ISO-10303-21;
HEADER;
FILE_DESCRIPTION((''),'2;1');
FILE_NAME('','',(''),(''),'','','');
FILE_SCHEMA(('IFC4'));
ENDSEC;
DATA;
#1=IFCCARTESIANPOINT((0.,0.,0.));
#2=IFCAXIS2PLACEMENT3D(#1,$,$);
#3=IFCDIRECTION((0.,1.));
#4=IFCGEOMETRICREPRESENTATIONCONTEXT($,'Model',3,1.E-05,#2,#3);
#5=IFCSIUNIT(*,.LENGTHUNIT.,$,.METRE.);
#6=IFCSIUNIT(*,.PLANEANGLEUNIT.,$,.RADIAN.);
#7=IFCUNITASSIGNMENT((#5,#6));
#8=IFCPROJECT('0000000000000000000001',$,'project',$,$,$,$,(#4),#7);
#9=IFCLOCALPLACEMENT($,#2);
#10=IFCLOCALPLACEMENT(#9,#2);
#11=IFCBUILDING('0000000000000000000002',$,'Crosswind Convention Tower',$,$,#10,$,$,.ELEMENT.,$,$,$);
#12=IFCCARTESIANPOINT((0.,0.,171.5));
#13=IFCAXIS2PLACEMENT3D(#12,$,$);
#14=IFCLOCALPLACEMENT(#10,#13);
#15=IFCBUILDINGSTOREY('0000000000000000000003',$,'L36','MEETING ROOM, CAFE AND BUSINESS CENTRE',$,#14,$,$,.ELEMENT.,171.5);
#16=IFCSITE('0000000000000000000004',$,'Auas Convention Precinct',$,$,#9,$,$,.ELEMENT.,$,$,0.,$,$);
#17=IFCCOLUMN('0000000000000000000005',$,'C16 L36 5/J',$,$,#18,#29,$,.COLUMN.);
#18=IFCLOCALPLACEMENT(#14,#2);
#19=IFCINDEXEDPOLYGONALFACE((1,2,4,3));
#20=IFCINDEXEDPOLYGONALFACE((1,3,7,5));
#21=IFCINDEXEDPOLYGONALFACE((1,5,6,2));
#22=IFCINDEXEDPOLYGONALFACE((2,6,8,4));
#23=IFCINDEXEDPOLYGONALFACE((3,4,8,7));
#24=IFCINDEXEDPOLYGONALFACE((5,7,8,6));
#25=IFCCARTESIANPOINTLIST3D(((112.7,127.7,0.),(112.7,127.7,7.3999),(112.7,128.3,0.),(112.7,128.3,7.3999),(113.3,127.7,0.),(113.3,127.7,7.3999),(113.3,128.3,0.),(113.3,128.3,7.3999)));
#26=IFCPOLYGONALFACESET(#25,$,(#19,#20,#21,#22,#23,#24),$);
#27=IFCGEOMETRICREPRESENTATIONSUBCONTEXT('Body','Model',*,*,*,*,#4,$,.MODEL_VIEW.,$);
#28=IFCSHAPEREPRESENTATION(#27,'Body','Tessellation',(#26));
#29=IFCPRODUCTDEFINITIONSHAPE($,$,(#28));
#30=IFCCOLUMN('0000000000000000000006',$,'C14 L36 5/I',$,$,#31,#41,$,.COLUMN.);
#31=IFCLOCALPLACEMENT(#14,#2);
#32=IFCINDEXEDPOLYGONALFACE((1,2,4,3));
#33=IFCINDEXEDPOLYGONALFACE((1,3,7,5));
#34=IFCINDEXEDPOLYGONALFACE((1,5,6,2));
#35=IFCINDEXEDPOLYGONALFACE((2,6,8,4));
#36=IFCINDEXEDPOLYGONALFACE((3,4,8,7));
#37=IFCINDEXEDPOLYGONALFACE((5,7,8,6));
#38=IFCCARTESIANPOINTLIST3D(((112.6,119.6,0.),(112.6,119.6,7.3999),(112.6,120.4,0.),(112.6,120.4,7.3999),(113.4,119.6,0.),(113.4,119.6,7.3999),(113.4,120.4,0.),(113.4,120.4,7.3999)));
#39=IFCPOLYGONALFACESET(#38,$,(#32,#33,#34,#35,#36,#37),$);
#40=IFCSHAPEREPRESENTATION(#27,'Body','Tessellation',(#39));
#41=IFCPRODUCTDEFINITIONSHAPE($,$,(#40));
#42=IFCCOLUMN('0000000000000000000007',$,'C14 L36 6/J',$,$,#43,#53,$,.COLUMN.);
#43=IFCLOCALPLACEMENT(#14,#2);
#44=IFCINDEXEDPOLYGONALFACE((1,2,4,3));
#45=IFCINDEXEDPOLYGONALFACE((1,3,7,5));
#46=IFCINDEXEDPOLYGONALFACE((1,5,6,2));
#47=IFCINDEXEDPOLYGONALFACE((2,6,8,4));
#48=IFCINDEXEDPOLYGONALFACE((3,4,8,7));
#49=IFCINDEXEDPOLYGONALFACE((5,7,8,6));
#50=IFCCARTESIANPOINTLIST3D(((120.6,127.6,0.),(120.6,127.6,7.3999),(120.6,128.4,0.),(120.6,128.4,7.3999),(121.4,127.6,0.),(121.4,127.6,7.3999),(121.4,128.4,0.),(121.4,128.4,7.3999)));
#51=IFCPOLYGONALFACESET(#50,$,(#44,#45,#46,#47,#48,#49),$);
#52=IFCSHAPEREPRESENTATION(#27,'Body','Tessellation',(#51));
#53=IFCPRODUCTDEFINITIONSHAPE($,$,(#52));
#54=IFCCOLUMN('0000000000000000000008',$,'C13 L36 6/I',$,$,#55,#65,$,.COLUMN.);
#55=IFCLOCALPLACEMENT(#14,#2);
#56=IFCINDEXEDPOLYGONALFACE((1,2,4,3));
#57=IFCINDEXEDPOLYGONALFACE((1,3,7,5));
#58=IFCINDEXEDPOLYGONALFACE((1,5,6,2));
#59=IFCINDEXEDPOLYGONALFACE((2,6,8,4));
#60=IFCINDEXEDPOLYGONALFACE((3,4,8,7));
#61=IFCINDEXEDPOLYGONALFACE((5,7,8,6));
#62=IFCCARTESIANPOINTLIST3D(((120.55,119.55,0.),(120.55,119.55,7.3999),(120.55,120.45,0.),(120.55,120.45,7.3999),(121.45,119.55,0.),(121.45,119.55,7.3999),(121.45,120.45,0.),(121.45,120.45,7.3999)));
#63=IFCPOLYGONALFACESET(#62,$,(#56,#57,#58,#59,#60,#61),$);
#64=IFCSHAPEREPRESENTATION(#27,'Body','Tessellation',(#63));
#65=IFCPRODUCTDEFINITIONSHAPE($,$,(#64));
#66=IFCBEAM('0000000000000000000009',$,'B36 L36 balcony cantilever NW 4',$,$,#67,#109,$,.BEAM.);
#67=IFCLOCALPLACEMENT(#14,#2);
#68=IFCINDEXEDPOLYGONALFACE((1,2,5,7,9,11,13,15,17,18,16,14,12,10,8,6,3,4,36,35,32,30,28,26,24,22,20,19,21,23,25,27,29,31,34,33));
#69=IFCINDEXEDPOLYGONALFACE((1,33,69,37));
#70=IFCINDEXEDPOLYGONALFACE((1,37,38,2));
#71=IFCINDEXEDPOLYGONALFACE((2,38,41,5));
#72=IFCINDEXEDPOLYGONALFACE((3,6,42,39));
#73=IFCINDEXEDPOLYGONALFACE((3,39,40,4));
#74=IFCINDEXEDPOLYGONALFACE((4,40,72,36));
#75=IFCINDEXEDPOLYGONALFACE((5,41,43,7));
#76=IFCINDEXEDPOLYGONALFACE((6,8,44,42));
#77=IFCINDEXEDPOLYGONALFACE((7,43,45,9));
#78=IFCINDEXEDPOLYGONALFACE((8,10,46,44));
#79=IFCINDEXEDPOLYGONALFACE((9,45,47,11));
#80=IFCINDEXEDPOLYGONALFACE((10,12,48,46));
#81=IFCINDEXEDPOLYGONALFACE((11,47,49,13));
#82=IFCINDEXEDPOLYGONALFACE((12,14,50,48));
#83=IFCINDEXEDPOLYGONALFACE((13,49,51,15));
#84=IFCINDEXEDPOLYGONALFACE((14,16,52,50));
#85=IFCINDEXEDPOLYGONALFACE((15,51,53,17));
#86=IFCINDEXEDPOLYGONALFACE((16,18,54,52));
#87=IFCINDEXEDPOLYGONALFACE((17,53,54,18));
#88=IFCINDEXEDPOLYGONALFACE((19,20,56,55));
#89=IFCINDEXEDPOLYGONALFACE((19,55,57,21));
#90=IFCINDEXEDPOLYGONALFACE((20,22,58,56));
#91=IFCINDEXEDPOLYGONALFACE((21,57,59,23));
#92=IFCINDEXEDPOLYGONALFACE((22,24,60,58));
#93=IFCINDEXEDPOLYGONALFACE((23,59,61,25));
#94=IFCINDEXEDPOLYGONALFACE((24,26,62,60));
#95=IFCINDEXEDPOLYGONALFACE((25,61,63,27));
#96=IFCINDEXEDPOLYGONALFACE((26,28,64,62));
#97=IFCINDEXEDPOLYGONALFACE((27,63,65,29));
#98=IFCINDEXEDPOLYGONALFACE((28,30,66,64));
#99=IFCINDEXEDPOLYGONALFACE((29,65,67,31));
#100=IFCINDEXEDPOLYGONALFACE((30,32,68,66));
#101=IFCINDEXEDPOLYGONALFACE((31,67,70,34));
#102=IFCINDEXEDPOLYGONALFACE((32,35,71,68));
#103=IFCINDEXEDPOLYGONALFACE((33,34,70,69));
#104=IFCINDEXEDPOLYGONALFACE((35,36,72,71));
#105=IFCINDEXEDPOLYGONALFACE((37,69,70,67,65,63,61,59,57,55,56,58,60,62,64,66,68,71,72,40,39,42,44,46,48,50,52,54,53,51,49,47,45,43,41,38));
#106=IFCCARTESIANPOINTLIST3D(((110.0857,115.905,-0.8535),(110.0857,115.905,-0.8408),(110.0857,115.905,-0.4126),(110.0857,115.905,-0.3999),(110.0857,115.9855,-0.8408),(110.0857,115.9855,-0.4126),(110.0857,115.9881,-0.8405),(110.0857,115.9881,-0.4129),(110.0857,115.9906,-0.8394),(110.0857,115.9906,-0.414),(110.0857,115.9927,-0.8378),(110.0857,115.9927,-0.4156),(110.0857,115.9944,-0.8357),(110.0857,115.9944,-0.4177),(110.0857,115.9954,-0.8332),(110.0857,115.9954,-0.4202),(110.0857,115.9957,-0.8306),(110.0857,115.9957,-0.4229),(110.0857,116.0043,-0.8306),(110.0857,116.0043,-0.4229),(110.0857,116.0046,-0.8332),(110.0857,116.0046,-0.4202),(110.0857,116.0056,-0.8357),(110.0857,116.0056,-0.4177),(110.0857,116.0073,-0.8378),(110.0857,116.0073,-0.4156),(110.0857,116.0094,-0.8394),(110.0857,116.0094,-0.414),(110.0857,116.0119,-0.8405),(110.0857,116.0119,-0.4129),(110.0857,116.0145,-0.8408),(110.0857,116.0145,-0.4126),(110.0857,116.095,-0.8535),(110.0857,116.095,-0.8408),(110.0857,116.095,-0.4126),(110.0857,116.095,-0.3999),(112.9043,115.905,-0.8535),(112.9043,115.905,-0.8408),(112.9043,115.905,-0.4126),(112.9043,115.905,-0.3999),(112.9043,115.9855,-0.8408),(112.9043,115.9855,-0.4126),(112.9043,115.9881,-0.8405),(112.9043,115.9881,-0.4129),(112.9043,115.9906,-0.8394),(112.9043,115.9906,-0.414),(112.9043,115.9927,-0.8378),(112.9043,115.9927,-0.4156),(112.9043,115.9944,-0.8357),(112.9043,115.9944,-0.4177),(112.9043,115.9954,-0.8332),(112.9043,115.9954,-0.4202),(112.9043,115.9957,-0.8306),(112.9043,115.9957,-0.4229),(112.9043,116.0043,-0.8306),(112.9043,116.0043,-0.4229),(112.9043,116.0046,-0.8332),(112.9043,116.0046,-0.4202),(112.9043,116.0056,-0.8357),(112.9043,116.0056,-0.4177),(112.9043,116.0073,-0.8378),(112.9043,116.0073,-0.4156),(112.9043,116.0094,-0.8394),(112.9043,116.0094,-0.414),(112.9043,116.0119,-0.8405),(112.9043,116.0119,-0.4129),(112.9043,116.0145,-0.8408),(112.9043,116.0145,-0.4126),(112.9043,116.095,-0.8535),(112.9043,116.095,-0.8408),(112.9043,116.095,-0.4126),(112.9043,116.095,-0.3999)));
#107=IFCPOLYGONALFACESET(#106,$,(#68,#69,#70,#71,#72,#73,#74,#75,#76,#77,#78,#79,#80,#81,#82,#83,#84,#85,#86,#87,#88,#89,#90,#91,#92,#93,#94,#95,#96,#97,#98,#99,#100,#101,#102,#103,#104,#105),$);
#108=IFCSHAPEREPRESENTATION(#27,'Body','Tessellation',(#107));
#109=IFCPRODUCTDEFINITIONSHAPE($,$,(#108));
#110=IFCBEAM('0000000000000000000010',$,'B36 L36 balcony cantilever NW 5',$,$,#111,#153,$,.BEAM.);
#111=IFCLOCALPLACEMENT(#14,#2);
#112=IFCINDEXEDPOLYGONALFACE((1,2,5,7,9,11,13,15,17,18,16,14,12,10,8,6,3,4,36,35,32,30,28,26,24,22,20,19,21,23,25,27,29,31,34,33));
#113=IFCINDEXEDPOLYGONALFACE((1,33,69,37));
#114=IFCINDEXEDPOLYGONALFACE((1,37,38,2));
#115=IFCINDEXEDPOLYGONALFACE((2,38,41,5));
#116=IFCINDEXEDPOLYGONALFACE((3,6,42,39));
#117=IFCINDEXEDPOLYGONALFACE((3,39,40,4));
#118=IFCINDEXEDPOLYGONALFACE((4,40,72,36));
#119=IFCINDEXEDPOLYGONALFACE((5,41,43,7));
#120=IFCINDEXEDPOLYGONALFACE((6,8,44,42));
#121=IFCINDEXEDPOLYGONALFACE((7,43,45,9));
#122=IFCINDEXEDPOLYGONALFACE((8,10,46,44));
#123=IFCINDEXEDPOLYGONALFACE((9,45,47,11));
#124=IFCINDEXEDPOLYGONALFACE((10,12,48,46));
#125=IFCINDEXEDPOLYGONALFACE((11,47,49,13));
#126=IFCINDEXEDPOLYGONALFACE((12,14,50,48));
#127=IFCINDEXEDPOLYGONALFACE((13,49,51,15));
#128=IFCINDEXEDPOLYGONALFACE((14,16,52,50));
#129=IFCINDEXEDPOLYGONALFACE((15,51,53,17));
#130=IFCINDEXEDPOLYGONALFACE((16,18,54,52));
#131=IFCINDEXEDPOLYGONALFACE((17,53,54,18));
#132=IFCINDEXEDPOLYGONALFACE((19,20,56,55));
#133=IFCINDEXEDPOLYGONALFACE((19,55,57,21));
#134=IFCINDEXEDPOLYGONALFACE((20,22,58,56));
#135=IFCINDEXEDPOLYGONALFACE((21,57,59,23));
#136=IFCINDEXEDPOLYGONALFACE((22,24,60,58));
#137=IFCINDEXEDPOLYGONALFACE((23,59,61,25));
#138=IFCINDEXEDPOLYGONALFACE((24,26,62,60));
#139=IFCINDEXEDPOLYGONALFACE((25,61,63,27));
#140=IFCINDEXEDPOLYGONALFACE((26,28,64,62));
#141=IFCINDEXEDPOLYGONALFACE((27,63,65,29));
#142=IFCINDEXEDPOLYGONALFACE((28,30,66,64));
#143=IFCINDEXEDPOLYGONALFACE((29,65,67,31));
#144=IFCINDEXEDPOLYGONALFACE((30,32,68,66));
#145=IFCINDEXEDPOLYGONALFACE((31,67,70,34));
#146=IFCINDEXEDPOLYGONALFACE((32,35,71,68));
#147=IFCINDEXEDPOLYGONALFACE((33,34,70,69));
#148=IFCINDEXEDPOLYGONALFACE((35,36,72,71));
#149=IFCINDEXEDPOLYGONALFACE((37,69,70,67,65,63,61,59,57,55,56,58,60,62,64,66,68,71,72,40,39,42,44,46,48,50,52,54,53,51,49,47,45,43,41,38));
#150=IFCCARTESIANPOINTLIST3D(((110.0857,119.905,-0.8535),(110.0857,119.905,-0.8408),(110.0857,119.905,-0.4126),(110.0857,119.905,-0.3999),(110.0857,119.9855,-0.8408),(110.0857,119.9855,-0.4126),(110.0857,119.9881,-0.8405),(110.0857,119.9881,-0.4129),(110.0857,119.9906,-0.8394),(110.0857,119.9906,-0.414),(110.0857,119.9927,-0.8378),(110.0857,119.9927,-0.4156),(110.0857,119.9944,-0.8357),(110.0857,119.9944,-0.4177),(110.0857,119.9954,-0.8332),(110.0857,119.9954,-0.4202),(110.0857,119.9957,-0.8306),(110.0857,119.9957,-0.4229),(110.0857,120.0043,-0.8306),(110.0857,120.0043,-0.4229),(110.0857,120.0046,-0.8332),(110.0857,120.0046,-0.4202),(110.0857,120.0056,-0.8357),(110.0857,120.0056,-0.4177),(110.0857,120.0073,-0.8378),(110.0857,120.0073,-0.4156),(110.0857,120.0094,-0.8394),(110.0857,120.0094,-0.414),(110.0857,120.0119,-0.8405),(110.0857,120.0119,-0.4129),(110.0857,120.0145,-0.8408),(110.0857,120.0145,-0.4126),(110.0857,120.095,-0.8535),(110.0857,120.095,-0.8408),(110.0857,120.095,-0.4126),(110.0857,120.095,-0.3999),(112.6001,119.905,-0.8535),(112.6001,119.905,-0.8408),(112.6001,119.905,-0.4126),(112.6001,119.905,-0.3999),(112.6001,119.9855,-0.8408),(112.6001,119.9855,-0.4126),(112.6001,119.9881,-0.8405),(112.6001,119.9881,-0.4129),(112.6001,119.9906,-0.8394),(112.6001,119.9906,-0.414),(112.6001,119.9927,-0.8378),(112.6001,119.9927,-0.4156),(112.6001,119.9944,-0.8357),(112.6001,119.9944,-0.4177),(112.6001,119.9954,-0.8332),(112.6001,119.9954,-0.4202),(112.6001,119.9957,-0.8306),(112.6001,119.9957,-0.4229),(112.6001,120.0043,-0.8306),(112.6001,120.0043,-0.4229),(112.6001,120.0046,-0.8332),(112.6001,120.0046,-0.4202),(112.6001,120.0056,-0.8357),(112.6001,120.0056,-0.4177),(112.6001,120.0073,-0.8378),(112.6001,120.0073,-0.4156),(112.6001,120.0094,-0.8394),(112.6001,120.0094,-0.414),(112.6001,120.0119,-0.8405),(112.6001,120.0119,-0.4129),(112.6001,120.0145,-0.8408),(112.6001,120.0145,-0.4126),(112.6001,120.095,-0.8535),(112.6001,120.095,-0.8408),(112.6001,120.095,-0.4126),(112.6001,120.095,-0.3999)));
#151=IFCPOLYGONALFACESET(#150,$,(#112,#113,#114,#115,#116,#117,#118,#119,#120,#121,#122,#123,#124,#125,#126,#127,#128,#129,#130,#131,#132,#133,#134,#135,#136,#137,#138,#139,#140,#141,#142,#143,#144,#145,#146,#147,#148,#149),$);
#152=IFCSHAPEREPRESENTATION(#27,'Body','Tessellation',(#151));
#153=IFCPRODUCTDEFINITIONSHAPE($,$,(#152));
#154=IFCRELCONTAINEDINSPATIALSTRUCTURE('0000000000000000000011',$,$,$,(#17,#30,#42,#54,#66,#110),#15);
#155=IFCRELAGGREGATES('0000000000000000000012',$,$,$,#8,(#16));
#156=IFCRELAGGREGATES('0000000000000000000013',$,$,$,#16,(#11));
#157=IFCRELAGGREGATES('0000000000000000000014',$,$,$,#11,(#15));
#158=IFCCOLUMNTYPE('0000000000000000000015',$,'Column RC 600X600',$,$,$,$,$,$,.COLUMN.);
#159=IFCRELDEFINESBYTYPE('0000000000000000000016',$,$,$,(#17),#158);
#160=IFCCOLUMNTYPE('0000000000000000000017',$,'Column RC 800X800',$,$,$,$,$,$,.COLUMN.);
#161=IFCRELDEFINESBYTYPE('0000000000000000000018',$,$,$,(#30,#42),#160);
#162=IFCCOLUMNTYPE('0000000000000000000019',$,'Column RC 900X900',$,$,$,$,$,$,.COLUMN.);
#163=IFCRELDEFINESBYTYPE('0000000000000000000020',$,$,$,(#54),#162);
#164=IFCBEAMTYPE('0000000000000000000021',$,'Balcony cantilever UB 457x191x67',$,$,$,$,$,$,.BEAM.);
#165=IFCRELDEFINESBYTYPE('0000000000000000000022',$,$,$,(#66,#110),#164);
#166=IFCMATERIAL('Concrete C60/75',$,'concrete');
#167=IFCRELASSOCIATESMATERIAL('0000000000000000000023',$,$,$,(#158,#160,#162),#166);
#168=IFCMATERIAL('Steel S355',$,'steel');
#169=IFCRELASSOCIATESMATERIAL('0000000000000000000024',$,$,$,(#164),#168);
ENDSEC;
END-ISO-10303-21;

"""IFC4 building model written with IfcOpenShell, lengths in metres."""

from ifc_helpers import new_model, si_unit, direction, frame, origin, origin_2d, place, context, subcontext, project, spatial, rectangle, i_section, extrude, material, material_profile, profile_set, type_object, element, save


model = new_model("IFC4")

# Units and contexts
model_context = context("Model", 3, precision=1e-05, world=origin(), true_north=direction((0.0, 1.0)))
body_context = subcontext(model_context, "Body", "Model", "MODEL_VIEW")
ifc_project = project(units=[si_unit("LENGTHUNIT", "METRE"), si_unit("PLANEANGLEUNIT", "RADIAN")], contexts=[model_context])

# Site, building, storey
site_placement = place(None, origin())
site = spatial("IfcSite", under=ifc_project, at=site_placement, Name="Auas Convention Precinct", CompositionType="ELEMENT", RefElevation=0.0)
building_placement = place(site_placement, origin())
building = spatial("IfcBuilding", under=site, at=building_placement, Name="Crosswind Convention Tower", CompositionType="ELEMENT")
storey_placement = place(building_placement, frame((0.0, 0.0, 171.5)))
storey = spatial("IfcBuildingStorey", under=building, at=storey_placement, Name="L36", Description="MEETING ROOM, CAFE AND BUSINESS CENTRE", CompositionType="ELEMENT", Elevation=171.5)

# Columns
ifc_material_1 = material(Name="Concrete C60/75", Category="concrete")
ifc_material_profile_1 = material_profile(ifc_material_1, rectangle(XDim=0.6001, YDim=0.6001, at=origin_2d()), Name="RC 600X600")
ifc_profile_set_1 = profile_set([ifc_material_profile_1], Name="Concrete C60/75")
column_type_1 = type_object("IfcColumnType", Name="Column RC 600X600", PredefinedType="COLUMN", material=ifc_profile_set_1)
column_1_placement = place(storey_placement, frame((113.0, 128.0, 0.0), z_axis=(0.0, 0.0, 1.0), x_axis=(1.0, 0.0, 0.0)))
element("IfcColumn", 1, at=column_1_placement, inside=storey, type_object=column_type_1, Name="C16 L36 5/J", PredefinedType="COLUMN", context=body_context, shape_type="SweptSolid", body=[
    extrude(rectangle(XDim=0.6001, YDim=0.6001, at=origin_2d()), origin(), (0.0, 0.0, 1.0), 7.3999),
])
ifc_material_profile_2 = material_profile(ifc_material_1, rectangle(XDim=0.8, YDim=0.8, at=origin_2d()), Name="RC 800X800")
ifc_profile_set_2 = profile_set([ifc_material_profile_2], Name="Concrete C60/75")
column_type_2 = type_object("IfcColumnType", Name="Column RC 800X800", PredefinedType="COLUMN", material=ifc_profile_set_2)
for number, where, z_axis, x_axis, name in (
    (2, (113.0, 120.0, 0.0), (0.0, 0.0, 1.0), (1.0, 0.0, 0.0), "C14 L36 5/I"),
    (3, (121.0, 128.0, 0.0), (0.0, 0.0, 1.0), (1.0, 0.0, 0.0), "C14 L36 6/J"),
):
    element("IfcColumn", number, at=place(storey_placement, frame(where, z_axis=z_axis, x_axis=x_axis)), inside=storey, type_object=column_type_2, Name=name, PredefinedType="COLUMN", context=body_context, shape_type="SweptSolid", body=[
        extrude(rectangle(XDim=0.8, YDim=0.8, at=origin_2d()), origin(), (0.0, 0.0, 1.0), 7.3999),
    ])
ifc_material_profile_3 = material_profile(ifc_material_1, rectangle(XDim=0.8999, YDim=0.8999, at=origin_2d()), Name="RC 900X900")
ifc_profile_set_3 = profile_set([ifc_material_profile_3], Name="Concrete C60/75")
column_type_3 = type_object("IfcColumnType", Name="Column RC 900X900", PredefinedType="COLUMN", material=ifc_profile_set_3)
column_2_placement = place(storey_placement, frame((121.0, 120.0, 0.0), z_axis=(0.0, 0.0, 1.0), x_axis=(1.0, 0.0, 0.0)))
element("IfcColumn", 4, at=column_2_placement, inside=storey, type_object=column_type_3, Name="C13 L36 6/I", PredefinedType="COLUMN", context=body_context, shape_type="SweptSolid", body=[
    extrude(rectangle(XDim=0.8999, YDim=0.8999, at=origin_2d()), origin(), (0.0, 0.0, 1.0), 7.3999),
])

# Beams
ifc_material_2 = material(Name="Steel S355", Category="steel")
ifc_material_profile_4 = material_profile(ifc_material_2, i_section(OverallWidth=0.1899, OverallDepth=0.4536, WebThickness=0.0085, FlangeThickness=0.0127, FilletRadius=0.0103, at=origin_2d()), Name="UB 457x191x67")
ifc_profile_set_4 = profile_set([ifc_material_profile_4], Name="Steel S355")
beam_type_1 = type_object("IfcBeamType", Name="Balcony cantilever UB 457x191x67", PredefinedType="BEAM", material=ifc_profile_set_4)
beam_1_placement = place(storey_placement, frame((112.9043, 116.0, -0.6267), z_axis=(-1.0, 0.0, 0.0), x_axis=(0.0, -1.0, 0.0)))
element("IfcBeam", 5, at=beam_1_placement, inside=storey, type_object=beam_type_1, Name="B36 L36 balcony cantilever NW 4", PredefinedType="BEAM", context=body_context, shape_type="SweptSolid", body=[
    extrude(i_section(OverallWidth=0.1899, OverallDepth=0.4536, WebThickness=0.0085, FlangeThickness=0.0127, FilletRadius=0.0103, at=origin_2d()), origin(), (0.0, 0.0, 1.0), 2.8186),
])
beam_2_placement = place(storey_placement, frame((112.6001, 120.0, -0.6267), z_axis=(-1.0, 0.0, 0.0), x_axis=(0.0, -1.0, 0.0)))
element("IfcBeam", 6, at=beam_2_placement, inside=storey, type_object=beam_type_1, Name="B36 L36 balcony cantilever NW 5", PredefinedType="BEAM", context=body_context, shape_type="SweptSolid", body=[
    extrude(i_section(OverallWidth=0.1899, OverallDepth=0.4536, WebThickness=0.0085, FlangeThickness=0.0127, FilletRadius=0.0103, at=origin_2d()), origin(), (0.0, 0.0, 1.0), 2.5144),
])

save(model, "model.ifc")
